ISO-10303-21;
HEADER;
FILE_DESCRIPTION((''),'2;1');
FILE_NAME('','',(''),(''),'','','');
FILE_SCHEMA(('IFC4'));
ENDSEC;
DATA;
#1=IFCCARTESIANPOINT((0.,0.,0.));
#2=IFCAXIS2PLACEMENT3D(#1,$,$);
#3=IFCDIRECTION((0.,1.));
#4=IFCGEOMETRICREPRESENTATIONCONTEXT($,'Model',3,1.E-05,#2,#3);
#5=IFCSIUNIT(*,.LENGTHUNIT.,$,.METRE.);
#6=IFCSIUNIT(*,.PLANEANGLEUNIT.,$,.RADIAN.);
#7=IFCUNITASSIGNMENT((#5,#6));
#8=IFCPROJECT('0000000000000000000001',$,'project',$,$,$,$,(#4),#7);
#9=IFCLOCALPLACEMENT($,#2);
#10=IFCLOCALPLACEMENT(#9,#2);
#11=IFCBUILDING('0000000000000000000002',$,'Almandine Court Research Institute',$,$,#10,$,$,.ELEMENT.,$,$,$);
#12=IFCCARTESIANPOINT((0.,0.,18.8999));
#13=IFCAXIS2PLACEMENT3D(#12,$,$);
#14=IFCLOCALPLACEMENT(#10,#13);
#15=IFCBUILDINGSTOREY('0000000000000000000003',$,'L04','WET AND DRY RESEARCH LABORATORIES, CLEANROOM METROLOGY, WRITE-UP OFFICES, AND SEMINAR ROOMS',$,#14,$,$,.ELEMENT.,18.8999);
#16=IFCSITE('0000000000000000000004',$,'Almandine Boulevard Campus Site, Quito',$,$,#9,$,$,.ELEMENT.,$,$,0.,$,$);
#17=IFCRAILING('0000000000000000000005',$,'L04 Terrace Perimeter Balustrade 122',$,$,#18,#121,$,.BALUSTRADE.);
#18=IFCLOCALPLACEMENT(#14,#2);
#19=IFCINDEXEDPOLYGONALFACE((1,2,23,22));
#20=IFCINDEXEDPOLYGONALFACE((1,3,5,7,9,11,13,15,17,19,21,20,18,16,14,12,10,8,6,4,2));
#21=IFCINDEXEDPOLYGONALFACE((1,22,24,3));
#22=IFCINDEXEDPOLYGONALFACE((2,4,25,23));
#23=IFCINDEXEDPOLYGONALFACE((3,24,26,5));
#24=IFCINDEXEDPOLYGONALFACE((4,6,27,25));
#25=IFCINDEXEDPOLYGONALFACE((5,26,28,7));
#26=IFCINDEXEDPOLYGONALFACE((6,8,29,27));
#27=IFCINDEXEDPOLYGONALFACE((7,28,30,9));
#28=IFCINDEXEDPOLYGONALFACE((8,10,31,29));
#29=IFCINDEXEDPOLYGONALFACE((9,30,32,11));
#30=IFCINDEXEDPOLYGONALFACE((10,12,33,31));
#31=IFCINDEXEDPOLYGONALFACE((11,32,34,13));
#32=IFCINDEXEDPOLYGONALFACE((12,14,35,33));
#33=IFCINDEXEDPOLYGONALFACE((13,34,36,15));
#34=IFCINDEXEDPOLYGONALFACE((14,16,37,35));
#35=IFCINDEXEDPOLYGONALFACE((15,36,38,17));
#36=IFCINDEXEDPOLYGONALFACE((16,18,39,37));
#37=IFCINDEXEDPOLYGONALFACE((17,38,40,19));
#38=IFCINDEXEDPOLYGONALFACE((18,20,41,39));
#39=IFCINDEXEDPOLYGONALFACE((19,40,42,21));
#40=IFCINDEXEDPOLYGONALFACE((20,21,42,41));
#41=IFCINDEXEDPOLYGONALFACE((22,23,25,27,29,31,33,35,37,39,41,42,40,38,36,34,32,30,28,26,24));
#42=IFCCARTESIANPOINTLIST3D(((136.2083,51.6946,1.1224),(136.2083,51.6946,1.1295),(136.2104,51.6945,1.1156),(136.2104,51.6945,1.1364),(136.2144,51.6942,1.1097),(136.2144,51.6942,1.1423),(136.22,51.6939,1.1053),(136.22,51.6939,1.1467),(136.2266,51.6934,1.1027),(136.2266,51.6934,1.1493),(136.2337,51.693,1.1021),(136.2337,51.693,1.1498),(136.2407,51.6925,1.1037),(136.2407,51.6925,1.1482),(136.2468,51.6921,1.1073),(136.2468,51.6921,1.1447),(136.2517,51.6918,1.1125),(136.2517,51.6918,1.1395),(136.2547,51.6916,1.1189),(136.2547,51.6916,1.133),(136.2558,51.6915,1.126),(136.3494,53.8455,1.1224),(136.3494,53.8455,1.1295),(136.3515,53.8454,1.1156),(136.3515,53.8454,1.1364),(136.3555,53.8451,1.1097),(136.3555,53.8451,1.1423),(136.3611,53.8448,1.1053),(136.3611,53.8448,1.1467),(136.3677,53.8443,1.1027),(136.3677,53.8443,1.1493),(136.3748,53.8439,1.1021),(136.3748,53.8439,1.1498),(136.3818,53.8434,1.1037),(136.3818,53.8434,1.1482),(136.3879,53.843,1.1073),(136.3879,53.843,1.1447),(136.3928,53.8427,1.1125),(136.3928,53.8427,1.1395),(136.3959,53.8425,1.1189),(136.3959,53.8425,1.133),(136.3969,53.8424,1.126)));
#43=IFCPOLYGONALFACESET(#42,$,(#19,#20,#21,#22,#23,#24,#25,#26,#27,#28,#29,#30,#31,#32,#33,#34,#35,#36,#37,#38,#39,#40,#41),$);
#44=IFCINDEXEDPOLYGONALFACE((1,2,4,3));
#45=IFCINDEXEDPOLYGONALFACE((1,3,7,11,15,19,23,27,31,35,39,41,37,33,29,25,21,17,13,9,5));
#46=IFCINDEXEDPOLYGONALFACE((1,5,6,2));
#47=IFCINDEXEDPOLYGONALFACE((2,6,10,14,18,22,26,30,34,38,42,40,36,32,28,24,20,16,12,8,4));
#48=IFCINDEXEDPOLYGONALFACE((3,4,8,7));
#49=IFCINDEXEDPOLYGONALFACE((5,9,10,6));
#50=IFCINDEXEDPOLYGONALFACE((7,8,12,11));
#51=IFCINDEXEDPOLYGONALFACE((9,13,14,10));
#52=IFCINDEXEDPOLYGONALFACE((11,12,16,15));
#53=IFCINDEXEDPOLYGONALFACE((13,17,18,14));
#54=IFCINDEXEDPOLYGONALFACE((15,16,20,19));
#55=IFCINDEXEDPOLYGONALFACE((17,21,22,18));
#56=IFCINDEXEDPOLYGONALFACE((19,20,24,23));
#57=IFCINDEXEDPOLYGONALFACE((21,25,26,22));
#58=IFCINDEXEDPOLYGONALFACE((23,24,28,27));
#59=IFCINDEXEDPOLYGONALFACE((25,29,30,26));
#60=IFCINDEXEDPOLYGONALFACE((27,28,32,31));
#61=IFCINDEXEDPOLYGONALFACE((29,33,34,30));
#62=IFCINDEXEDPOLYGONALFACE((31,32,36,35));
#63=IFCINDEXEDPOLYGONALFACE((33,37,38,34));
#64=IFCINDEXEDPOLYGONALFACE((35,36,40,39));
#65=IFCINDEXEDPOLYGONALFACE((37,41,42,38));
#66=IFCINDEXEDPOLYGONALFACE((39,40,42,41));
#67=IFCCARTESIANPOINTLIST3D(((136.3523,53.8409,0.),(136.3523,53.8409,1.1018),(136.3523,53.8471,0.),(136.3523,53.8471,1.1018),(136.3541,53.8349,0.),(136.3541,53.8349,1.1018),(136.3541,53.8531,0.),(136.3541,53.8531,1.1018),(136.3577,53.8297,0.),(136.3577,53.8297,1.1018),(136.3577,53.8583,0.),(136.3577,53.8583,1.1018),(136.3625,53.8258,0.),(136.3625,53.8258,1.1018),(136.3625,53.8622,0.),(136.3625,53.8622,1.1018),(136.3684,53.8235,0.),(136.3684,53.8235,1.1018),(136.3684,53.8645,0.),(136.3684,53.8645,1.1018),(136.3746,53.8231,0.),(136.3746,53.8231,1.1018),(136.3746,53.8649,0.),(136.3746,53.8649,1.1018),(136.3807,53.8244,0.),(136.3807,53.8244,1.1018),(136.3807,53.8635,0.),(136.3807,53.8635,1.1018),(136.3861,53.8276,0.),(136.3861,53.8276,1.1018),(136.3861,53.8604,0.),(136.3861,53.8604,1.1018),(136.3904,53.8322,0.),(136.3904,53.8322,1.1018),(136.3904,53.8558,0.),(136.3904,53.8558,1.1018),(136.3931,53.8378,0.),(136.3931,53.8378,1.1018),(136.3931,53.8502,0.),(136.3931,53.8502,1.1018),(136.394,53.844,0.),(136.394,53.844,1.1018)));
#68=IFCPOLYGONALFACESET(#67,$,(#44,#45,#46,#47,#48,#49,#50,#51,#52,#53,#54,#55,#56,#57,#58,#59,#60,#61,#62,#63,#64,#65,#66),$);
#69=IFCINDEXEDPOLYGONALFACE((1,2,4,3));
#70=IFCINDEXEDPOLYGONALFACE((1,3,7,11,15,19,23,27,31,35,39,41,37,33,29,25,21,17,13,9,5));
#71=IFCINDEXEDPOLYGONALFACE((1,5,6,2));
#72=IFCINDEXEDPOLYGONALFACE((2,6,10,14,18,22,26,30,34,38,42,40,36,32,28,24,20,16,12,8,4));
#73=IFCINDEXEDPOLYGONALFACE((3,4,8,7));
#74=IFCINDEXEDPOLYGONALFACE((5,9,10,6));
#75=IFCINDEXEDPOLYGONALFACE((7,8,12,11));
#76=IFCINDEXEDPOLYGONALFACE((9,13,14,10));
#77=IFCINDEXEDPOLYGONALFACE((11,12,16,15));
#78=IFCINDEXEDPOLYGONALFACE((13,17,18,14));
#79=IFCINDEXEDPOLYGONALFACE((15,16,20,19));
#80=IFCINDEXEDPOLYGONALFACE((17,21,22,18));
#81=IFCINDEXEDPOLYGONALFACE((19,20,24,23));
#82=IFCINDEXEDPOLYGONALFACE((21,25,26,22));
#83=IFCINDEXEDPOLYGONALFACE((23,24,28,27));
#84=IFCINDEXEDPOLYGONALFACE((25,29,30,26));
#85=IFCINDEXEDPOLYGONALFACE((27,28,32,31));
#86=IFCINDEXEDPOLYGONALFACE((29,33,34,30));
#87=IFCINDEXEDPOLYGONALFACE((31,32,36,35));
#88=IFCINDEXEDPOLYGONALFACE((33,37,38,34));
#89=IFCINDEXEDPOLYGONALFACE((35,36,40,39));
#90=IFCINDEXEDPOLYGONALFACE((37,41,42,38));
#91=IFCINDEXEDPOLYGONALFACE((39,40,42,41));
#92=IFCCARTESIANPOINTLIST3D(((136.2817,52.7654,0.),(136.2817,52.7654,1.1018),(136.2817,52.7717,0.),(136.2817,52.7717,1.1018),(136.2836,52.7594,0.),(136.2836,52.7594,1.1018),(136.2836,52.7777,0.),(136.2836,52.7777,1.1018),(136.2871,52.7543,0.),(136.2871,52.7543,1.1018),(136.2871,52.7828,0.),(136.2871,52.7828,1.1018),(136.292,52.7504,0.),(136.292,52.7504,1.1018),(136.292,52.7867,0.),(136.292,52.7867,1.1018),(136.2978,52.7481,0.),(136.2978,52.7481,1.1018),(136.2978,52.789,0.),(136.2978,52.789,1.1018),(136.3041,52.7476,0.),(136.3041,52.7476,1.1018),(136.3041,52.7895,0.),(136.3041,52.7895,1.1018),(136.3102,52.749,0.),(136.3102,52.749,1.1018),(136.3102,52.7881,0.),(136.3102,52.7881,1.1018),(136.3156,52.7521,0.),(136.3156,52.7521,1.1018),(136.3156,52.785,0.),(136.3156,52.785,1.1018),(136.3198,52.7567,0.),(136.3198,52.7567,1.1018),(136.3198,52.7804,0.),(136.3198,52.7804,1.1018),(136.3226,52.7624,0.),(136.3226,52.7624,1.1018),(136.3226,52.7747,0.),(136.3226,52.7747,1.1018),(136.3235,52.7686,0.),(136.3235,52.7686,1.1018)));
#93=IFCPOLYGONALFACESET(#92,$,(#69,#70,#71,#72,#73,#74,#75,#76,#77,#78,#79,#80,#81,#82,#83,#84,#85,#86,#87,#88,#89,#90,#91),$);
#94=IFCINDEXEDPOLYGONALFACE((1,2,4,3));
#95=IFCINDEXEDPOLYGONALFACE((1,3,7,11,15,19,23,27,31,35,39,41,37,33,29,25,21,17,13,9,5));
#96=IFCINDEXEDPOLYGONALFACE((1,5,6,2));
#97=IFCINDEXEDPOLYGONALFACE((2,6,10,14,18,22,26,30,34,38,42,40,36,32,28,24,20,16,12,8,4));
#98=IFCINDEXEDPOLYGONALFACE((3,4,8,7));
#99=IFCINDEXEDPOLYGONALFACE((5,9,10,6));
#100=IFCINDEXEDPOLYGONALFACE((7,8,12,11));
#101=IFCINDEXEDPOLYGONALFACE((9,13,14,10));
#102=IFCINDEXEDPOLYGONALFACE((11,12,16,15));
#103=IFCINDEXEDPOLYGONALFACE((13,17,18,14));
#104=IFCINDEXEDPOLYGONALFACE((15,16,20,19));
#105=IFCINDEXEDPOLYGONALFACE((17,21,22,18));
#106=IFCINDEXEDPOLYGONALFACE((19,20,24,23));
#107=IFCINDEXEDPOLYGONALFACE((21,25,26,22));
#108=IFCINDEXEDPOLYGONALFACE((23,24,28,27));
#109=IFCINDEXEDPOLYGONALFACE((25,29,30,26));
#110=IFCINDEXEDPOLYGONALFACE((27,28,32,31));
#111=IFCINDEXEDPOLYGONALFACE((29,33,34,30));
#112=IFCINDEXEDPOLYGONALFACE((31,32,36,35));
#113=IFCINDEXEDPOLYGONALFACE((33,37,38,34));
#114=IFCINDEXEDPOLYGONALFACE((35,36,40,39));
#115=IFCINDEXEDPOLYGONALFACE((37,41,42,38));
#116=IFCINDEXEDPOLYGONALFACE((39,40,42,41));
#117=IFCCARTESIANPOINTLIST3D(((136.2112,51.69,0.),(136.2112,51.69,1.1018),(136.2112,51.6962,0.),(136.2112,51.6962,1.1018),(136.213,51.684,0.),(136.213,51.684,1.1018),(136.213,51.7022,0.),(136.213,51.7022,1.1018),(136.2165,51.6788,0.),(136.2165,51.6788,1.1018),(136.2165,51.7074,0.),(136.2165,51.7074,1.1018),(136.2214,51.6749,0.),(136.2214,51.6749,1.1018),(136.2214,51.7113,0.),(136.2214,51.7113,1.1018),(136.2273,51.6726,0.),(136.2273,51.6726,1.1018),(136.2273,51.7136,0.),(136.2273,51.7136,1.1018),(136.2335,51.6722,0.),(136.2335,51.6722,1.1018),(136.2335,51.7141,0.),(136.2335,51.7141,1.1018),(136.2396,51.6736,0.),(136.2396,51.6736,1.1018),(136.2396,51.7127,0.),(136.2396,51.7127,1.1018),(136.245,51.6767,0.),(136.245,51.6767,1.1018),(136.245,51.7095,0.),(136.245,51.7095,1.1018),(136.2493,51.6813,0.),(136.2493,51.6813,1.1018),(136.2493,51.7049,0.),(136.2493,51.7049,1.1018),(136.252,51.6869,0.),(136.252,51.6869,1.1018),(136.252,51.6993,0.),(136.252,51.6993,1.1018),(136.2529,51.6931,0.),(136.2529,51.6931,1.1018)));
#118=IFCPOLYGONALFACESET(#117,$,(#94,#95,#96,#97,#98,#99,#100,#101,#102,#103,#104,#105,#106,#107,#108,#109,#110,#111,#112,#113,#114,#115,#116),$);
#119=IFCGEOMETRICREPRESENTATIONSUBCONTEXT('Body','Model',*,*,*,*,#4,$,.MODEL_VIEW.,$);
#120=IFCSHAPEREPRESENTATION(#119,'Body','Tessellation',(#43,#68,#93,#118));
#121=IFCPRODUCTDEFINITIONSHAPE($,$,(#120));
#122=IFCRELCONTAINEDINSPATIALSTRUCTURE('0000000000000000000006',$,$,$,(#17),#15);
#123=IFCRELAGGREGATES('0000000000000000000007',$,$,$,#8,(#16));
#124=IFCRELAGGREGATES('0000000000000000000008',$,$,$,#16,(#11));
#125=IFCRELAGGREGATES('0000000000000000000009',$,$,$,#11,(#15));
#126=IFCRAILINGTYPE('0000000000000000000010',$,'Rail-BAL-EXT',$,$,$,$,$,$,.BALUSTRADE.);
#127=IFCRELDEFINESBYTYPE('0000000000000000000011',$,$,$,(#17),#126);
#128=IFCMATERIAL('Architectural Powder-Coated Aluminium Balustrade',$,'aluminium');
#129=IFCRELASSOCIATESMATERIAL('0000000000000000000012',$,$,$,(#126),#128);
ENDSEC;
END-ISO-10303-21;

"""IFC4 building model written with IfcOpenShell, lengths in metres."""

from ifc_helpers import new_model, si_unit, direction, frame, origin, origin_2d, place, context, subcontext, project, spatial, circle, extrude, material, type_object, element, save


model = new_model("IFC4")

# Units and contexts
model_context = context("Model", 3, precision=1e-05, world=origin(), true_north=direction((0.0, 1.0)))
body_context = subcontext(model_context, "Body", "Model", "MODEL_VIEW")
ifc_project = project(units=[si_unit("LENGTHUNIT", "METRE"), si_unit("PLANEANGLEUNIT", "RADIAN")], contexts=[model_context])

# Site, building, storey
site_placement = place(None, origin())
site = spatial("IfcSite", under=ifc_project, at=site_placement, Name="Almandine Boulevard Campus Site, Quito", CompositionType="ELEMENT", RefElevation=0.0)
building_placement = place(site_placement, origin())
building = spatial("IfcBuilding", under=site, at=building_placement, Name="Almandine Court Research Institute", CompositionType="ELEMENT")
storey_placement = place(building_placement, frame((0.0, 0.0, 18.8999)))
storey = spatial("IfcBuildingStorey", under=building, at=storey_placement, Name="L04", Description="WET AND DRY RESEARCH LABORATORIES, CLEANROOM METROLOGY, WRITE-UP OFFICES, AND SEMINAR ROOMS", CompositionType="ELEMENT", Elevation=18.8999)

# Railing
ifc_material_1 = material(Name="Architectural Powder-Coated Aluminium Balustrade", Category="aluminium")
railing_type = type_object("IfcRailingType", Name="Rail-BAL-EXT", PredefinedType="BALUSTRADE", material=ifc_material_1)
railing_1_placement = place(storey_placement, frame((136.373, 53.844, 0.0)))
element("IfcRailing", 1, at=railing_1_placement, inside=storey, type_object=railing_type, Name="L04 Terrace Perimeter Balustrade 122", PredefinedType="BALUSTRADE", context=body_context, shape_type="SweptSolid", body=[
    extrude(circle(Radius=0.0239, at=origin_2d()), frame((0.0, 0.0, 1.126), z_axis=(-0.065467, -0.997855, 0.0), x_axis=(0.997855, -0.065467, 0.0)), (0.0, 0.0, 1.0), 2.1555),
    extrude(circle(Radius=0.021, at=origin_2d()), origin(), (0.0, 0.0, 1.0), 1.1018),
    extrude(circle(Radius=0.021, at=origin_2d()), frame((-0.0706, -1.0754, 0.0)), (0.0, 0.0, 1.0), 1.1018),
    extrude(circle(Radius=0.021, at=origin_2d()), frame((-0.1411, -2.1509, 0.0)), (0.0, 0.0, 1.0), 1.1018),
])

save(model, "model.ifc")
